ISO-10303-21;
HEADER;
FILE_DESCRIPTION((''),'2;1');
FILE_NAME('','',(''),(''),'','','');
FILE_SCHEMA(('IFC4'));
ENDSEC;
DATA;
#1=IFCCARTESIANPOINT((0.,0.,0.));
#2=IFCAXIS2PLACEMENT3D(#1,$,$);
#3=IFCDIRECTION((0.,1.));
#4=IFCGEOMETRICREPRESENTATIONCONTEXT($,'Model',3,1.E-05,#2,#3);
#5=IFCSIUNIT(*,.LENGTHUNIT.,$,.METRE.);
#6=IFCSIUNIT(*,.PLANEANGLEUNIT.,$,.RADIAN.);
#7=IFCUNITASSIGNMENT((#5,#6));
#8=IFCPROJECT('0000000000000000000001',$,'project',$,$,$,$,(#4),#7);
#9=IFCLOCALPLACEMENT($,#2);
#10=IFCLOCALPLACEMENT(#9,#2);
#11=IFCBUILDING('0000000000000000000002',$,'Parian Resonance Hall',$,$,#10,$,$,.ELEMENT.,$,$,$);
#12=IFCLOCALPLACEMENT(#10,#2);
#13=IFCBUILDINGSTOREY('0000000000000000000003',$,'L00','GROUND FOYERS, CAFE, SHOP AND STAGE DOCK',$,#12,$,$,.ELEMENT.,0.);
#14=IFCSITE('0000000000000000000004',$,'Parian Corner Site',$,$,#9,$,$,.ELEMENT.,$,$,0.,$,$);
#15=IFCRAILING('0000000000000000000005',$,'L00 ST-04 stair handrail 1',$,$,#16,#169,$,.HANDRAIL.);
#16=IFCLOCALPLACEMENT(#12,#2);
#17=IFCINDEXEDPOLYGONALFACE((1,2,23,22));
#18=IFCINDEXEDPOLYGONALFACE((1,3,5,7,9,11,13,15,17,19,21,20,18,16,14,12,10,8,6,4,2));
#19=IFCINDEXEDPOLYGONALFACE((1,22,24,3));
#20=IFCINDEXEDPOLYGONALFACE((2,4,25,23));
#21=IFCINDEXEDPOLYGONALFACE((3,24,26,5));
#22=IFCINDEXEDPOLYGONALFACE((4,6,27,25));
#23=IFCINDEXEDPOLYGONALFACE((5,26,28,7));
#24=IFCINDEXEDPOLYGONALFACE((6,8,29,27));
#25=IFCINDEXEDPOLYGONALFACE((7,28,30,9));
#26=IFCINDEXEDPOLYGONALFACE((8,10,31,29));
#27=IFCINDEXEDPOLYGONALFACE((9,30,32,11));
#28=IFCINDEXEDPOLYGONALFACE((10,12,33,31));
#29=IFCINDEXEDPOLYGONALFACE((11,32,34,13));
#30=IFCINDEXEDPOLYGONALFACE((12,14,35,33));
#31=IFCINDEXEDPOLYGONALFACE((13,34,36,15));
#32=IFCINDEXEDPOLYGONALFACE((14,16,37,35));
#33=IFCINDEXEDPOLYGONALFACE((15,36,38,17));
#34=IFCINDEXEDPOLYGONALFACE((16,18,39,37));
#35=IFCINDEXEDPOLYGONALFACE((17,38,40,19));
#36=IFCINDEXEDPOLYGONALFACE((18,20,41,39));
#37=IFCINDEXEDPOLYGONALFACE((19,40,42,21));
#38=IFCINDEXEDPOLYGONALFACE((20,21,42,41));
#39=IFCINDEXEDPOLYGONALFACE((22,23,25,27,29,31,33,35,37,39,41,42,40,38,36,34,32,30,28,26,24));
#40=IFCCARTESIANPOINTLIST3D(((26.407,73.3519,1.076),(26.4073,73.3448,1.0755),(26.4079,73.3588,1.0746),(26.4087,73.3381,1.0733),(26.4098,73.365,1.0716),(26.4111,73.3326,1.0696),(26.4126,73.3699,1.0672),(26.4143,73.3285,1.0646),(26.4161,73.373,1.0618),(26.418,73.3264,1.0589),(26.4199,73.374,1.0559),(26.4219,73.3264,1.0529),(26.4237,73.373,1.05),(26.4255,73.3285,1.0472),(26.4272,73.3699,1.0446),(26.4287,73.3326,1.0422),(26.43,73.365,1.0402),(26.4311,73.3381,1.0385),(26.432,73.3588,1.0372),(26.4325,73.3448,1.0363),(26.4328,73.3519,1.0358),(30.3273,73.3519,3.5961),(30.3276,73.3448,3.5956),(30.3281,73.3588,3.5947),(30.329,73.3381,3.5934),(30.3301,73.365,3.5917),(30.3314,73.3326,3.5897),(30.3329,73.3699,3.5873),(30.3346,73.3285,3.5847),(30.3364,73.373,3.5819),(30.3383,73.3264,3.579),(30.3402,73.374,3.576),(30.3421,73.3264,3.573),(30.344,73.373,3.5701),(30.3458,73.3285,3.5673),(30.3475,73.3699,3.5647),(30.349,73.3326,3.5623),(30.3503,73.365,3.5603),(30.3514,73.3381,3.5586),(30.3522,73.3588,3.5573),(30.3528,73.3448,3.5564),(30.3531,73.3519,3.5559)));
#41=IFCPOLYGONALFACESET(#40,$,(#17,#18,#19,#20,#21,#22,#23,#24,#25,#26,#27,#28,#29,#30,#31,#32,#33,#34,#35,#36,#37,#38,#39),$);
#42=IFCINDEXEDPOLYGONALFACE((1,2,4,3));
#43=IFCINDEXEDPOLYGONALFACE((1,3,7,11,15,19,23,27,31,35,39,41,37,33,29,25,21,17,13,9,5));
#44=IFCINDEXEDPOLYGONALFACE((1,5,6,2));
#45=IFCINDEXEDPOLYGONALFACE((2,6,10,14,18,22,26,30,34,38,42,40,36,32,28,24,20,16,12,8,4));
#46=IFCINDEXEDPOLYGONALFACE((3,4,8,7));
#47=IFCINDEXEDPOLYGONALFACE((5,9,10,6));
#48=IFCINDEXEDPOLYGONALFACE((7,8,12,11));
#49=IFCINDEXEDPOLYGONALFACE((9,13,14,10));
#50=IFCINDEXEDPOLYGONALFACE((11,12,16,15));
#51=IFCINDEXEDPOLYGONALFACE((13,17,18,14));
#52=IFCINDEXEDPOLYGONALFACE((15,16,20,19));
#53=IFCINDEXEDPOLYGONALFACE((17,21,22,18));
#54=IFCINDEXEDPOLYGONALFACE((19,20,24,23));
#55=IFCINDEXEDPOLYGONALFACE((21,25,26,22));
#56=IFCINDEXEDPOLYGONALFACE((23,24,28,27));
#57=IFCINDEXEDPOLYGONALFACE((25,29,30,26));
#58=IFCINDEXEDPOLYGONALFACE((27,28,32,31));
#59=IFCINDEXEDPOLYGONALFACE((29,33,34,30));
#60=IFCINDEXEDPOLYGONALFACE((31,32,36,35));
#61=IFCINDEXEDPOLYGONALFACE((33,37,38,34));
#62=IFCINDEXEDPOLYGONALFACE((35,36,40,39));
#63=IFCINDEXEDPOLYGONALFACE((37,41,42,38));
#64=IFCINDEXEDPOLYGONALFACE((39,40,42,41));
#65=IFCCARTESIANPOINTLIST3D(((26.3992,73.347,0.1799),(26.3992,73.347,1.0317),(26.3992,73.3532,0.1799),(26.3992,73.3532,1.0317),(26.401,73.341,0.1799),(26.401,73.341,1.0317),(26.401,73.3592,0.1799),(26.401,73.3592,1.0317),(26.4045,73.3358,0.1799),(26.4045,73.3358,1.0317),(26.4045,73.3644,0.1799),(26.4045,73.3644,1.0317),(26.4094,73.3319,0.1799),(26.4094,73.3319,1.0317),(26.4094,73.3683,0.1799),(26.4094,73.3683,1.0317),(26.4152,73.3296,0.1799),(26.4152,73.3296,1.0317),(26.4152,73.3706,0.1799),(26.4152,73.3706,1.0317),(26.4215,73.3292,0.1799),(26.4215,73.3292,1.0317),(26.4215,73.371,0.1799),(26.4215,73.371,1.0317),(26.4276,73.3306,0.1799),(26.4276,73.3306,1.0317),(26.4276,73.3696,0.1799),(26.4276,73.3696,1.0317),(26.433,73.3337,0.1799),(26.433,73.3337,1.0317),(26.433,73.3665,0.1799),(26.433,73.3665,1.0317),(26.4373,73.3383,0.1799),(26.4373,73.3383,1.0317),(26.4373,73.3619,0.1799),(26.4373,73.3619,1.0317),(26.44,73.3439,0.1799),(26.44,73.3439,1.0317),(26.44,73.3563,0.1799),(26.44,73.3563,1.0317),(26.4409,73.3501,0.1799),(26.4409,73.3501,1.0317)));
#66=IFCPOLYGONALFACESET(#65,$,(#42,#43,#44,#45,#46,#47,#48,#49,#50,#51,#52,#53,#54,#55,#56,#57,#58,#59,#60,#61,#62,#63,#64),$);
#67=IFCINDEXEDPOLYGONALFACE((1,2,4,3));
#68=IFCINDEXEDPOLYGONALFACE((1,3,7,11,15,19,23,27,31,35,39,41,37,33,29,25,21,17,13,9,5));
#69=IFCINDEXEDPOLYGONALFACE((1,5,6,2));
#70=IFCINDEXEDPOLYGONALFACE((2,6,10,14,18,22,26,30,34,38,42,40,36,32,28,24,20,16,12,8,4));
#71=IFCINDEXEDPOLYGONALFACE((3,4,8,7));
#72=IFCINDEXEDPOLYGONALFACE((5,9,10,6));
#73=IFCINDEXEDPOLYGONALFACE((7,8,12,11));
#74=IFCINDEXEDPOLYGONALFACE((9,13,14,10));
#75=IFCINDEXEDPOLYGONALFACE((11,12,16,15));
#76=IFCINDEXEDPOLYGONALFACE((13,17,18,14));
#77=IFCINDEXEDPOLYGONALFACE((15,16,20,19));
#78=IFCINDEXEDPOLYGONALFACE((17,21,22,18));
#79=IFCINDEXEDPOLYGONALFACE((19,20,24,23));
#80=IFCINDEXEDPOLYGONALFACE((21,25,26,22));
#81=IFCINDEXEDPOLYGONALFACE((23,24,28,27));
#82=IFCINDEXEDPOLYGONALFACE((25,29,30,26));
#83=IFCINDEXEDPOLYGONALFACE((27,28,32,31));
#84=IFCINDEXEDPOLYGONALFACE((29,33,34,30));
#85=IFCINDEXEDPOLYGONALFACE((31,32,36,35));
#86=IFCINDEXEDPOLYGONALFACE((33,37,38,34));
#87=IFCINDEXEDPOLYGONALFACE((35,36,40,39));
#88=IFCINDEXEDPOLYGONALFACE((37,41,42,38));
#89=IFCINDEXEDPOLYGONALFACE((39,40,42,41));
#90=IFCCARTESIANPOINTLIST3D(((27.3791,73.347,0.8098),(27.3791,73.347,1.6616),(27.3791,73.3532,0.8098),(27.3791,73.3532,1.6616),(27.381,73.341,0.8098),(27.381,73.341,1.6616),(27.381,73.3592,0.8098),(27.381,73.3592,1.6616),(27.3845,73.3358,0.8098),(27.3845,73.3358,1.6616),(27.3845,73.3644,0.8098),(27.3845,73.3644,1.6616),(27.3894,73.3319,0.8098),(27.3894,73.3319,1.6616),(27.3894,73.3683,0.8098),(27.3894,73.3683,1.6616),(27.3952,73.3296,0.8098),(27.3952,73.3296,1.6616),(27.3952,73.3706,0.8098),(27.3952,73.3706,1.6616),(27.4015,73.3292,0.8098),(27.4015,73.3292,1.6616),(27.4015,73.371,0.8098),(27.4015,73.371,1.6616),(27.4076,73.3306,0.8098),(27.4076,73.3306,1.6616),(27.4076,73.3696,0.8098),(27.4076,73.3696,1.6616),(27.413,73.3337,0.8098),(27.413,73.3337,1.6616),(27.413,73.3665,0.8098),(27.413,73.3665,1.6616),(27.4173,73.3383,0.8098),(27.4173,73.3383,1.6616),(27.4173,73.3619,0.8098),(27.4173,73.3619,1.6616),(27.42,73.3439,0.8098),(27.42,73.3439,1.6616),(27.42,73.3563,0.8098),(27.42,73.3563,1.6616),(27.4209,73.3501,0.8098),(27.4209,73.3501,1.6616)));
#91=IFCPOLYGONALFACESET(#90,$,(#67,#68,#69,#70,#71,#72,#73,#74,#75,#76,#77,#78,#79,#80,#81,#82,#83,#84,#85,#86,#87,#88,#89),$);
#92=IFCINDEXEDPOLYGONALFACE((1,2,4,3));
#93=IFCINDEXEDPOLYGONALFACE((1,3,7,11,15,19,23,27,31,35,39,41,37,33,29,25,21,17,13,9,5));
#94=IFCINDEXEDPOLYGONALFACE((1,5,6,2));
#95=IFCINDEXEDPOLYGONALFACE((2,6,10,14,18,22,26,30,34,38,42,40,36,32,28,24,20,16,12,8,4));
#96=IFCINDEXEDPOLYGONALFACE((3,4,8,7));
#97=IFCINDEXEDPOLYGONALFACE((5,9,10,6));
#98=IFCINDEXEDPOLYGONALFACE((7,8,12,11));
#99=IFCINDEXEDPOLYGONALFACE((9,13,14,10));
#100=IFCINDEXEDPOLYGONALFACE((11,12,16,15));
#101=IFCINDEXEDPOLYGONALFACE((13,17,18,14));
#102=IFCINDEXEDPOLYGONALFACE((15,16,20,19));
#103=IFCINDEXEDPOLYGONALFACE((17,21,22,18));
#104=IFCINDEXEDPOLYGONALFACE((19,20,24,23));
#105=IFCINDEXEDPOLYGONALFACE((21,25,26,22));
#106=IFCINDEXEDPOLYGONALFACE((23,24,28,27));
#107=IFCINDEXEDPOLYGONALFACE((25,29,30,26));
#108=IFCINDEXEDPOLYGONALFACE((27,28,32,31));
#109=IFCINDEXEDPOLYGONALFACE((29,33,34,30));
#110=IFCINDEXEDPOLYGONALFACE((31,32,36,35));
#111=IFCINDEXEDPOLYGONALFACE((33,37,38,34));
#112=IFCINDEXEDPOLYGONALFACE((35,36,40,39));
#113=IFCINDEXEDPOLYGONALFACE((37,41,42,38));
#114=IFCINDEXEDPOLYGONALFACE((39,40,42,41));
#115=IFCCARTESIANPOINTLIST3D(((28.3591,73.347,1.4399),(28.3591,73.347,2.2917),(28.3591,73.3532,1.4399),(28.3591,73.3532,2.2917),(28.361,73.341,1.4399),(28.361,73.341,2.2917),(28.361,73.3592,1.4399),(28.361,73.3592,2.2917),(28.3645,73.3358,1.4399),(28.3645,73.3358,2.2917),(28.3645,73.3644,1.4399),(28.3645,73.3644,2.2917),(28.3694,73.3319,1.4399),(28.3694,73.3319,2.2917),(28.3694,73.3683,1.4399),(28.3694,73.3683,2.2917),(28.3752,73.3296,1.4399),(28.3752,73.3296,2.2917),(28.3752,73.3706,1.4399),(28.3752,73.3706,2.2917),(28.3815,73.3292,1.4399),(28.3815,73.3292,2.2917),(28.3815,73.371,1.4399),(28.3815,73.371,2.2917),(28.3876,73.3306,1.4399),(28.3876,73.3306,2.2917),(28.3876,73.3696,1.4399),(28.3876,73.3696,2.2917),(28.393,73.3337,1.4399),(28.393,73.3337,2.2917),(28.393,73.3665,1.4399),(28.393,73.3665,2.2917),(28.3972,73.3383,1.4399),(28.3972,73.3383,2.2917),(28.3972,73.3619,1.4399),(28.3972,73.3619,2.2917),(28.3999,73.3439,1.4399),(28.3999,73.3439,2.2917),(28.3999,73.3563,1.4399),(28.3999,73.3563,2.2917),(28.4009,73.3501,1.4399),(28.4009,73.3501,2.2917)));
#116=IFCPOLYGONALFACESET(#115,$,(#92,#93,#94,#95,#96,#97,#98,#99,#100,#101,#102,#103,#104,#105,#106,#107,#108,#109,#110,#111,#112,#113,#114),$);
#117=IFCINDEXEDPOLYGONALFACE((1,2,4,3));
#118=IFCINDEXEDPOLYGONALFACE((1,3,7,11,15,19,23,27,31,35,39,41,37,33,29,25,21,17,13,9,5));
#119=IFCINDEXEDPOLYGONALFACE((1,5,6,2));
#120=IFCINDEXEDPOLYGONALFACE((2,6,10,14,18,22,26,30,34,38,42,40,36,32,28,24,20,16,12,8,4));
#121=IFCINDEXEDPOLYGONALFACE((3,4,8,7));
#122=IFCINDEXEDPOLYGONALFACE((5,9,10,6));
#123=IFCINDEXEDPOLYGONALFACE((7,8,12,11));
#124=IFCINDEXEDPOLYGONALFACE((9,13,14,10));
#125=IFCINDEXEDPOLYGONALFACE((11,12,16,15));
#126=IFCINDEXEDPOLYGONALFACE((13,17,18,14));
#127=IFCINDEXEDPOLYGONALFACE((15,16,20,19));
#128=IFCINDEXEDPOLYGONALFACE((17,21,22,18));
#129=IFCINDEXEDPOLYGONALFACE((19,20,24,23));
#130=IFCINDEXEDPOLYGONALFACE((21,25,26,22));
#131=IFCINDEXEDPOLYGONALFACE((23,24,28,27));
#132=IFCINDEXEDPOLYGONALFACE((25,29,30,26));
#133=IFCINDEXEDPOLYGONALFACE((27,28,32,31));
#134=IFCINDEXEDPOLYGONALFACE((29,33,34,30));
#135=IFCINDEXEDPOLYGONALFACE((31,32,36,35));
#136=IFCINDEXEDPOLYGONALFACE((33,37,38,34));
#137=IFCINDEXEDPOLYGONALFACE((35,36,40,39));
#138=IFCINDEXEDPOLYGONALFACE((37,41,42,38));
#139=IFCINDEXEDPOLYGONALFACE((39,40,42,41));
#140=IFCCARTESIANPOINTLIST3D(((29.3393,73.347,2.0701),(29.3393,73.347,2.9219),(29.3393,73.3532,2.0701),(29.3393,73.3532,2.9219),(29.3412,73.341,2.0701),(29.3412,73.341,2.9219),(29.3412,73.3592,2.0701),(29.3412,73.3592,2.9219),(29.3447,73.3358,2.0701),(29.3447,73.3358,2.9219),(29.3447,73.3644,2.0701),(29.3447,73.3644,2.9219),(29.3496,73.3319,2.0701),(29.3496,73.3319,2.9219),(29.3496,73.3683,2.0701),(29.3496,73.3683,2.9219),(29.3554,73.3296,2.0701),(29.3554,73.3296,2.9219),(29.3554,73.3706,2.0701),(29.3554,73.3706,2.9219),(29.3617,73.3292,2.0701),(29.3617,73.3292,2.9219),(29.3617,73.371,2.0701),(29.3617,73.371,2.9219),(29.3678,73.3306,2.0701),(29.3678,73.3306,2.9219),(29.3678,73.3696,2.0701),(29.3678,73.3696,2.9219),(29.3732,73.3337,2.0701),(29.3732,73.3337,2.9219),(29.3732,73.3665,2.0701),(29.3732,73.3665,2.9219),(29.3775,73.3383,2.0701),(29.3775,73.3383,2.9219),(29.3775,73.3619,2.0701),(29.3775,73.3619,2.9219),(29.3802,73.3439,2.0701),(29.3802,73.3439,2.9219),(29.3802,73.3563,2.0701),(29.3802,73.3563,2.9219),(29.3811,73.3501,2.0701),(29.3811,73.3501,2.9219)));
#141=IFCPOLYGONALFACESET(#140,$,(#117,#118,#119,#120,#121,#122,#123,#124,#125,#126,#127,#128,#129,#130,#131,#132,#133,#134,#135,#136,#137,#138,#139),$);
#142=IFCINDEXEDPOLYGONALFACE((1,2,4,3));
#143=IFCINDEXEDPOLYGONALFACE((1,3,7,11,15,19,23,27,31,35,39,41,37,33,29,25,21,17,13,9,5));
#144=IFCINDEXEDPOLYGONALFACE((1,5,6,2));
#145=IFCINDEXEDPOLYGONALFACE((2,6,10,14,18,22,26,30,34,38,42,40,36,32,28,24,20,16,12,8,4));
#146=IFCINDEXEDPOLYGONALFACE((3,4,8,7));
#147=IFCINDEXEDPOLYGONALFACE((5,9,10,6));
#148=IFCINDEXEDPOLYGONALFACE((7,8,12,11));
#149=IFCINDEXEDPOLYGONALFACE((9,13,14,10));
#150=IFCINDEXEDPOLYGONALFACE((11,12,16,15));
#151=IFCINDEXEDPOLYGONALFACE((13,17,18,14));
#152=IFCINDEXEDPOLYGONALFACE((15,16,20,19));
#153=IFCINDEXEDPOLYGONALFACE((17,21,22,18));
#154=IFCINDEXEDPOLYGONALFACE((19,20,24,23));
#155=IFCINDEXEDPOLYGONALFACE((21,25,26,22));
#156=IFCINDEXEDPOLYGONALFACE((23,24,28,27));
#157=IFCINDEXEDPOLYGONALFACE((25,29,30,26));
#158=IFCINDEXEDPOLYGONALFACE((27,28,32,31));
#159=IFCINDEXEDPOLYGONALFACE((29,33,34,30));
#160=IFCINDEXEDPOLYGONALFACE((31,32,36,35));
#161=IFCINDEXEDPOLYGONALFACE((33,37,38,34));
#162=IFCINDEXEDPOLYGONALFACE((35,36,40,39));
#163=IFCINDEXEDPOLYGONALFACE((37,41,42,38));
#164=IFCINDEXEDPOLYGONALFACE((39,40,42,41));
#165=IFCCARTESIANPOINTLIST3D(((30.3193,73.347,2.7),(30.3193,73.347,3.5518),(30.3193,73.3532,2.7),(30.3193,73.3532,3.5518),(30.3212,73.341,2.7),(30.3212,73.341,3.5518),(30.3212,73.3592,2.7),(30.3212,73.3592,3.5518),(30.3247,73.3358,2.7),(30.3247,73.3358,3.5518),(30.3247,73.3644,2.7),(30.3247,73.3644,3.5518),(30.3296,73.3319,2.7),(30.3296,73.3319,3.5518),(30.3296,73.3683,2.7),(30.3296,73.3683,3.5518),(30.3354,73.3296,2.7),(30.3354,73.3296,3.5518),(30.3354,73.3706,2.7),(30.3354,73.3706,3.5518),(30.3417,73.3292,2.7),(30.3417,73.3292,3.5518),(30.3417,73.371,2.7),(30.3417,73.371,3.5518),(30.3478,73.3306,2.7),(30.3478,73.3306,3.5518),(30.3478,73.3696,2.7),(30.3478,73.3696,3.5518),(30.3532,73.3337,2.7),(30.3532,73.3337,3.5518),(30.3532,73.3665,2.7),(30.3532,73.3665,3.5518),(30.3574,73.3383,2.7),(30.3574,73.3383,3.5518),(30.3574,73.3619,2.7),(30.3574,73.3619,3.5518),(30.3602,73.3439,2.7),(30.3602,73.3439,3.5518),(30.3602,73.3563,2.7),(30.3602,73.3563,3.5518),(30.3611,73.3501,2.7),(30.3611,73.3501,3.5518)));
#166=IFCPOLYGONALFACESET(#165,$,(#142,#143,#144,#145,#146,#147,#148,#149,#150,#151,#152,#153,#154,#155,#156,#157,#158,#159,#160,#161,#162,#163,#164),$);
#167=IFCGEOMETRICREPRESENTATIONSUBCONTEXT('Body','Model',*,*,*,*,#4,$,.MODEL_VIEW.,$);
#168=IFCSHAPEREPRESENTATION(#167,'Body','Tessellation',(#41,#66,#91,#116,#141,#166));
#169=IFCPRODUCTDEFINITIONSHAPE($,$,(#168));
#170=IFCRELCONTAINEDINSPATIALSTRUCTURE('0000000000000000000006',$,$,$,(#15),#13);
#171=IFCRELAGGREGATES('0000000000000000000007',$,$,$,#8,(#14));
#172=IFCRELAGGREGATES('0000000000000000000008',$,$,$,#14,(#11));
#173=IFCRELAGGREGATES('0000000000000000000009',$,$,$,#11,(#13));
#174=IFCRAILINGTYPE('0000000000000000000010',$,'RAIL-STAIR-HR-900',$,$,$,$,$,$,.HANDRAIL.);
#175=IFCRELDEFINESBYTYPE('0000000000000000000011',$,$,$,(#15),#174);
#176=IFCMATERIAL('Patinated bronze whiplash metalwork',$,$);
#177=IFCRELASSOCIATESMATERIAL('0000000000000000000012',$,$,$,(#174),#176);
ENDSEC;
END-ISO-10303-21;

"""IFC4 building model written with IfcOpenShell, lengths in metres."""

from ifc_helpers import new_model, si_unit, direction, frame, origin, origin_2d, place, context, subcontext, project, spatial, circle, extrude, material, type_object, element, save


model = new_model("IFC4")

# Units and contexts
model_context = context("Model", 3, precision=1e-05, world=origin(), true_north=direction((0.0, 1.0)))
body_context = subcontext(model_context, "Body", "Model", "MODEL_VIEW")
ifc_project = project(units=[si_unit("LENGTHUNIT", "METRE"), si_unit("PLANEANGLEUNIT", "RADIAN")], contexts=[model_context])

# Site, building, storey
site_placement = place(None, origin())
site = spatial("IfcSite", under=ifc_project, at=site_placement, Name="Parian Corner Site", CompositionType="ELEMENT", RefElevation=0.0)
building_placement = place(site_placement, origin())
building = spatial("IfcBuilding", under=site, at=building_placement, Name="Parian Resonance Hall", CompositionType="ELEMENT")
storey_placement = place(building_placement, origin())
storey = spatial("IfcBuildingStorey", under=building, at=storey_placement, Name="L00", Description="GROUND FOYERS, CAFE, SHOP AND STAGE DOCK", CompositionType="ELEMENT", Elevation=0.0)

# Railing
ifc_material_1 = material(Name="Patinated bronze whiplash metalwork")
railing_type_1 = type_object("IfcRailingType", Name="RAIL-STAIR-HR-900", PredefinedType="HANDRAIL", material=ifc_material_1)
railing_1_placement = place(storey_placement, frame((26.4199, 73.3501, 0.1799)))
element("IfcRailing", 1, at=railing_1_placement, inside=storey, type_object=railing_type_1, Name="L00 ST-04 stair handrail 1", PredefinedType="HANDRAIL", context=body_context, shape_type="SweptSolid", body=[
    extrude(circle(Radius=0.0239, at=origin_2d()), frame((0.0, 0.0, 0.876), z_axis=(0.841187, 0.0, 0.540744), x_axis=(0.0, 1.0, 0.0)), (0.0, 0.0, 1.0), 4.6604),
    extrude(circle(Radius=0.021, at=origin_2d()), origin(), (0.0, 0.0, 1.0), 0.8518),
    extrude(circle(Radius=0.021, at=origin_2d()), frame((0.98, 0.0, 0.6299)), (0.0, 0.0, 1.0), 0.8518),
    extrude(circle(Radius=0.021, at=origin_2d()), frame((1.96, 0.0, 1.26)), (0.0, 0.0, 1.0), 0.8518),
    extrude(circle(Radius=0.021, at=origin_2d()), frame((2.9402, 0.0, 1.8901)), (0.0, 0.0, 1.0), 0.8518),
    extrude(circle(Radius=0.021, at=origin_2d()), frame((3.9202, 0.0, 2.52)), (0.0, 0.0, 1.0), 0.8518),
])

save(model, "model.ifc")
